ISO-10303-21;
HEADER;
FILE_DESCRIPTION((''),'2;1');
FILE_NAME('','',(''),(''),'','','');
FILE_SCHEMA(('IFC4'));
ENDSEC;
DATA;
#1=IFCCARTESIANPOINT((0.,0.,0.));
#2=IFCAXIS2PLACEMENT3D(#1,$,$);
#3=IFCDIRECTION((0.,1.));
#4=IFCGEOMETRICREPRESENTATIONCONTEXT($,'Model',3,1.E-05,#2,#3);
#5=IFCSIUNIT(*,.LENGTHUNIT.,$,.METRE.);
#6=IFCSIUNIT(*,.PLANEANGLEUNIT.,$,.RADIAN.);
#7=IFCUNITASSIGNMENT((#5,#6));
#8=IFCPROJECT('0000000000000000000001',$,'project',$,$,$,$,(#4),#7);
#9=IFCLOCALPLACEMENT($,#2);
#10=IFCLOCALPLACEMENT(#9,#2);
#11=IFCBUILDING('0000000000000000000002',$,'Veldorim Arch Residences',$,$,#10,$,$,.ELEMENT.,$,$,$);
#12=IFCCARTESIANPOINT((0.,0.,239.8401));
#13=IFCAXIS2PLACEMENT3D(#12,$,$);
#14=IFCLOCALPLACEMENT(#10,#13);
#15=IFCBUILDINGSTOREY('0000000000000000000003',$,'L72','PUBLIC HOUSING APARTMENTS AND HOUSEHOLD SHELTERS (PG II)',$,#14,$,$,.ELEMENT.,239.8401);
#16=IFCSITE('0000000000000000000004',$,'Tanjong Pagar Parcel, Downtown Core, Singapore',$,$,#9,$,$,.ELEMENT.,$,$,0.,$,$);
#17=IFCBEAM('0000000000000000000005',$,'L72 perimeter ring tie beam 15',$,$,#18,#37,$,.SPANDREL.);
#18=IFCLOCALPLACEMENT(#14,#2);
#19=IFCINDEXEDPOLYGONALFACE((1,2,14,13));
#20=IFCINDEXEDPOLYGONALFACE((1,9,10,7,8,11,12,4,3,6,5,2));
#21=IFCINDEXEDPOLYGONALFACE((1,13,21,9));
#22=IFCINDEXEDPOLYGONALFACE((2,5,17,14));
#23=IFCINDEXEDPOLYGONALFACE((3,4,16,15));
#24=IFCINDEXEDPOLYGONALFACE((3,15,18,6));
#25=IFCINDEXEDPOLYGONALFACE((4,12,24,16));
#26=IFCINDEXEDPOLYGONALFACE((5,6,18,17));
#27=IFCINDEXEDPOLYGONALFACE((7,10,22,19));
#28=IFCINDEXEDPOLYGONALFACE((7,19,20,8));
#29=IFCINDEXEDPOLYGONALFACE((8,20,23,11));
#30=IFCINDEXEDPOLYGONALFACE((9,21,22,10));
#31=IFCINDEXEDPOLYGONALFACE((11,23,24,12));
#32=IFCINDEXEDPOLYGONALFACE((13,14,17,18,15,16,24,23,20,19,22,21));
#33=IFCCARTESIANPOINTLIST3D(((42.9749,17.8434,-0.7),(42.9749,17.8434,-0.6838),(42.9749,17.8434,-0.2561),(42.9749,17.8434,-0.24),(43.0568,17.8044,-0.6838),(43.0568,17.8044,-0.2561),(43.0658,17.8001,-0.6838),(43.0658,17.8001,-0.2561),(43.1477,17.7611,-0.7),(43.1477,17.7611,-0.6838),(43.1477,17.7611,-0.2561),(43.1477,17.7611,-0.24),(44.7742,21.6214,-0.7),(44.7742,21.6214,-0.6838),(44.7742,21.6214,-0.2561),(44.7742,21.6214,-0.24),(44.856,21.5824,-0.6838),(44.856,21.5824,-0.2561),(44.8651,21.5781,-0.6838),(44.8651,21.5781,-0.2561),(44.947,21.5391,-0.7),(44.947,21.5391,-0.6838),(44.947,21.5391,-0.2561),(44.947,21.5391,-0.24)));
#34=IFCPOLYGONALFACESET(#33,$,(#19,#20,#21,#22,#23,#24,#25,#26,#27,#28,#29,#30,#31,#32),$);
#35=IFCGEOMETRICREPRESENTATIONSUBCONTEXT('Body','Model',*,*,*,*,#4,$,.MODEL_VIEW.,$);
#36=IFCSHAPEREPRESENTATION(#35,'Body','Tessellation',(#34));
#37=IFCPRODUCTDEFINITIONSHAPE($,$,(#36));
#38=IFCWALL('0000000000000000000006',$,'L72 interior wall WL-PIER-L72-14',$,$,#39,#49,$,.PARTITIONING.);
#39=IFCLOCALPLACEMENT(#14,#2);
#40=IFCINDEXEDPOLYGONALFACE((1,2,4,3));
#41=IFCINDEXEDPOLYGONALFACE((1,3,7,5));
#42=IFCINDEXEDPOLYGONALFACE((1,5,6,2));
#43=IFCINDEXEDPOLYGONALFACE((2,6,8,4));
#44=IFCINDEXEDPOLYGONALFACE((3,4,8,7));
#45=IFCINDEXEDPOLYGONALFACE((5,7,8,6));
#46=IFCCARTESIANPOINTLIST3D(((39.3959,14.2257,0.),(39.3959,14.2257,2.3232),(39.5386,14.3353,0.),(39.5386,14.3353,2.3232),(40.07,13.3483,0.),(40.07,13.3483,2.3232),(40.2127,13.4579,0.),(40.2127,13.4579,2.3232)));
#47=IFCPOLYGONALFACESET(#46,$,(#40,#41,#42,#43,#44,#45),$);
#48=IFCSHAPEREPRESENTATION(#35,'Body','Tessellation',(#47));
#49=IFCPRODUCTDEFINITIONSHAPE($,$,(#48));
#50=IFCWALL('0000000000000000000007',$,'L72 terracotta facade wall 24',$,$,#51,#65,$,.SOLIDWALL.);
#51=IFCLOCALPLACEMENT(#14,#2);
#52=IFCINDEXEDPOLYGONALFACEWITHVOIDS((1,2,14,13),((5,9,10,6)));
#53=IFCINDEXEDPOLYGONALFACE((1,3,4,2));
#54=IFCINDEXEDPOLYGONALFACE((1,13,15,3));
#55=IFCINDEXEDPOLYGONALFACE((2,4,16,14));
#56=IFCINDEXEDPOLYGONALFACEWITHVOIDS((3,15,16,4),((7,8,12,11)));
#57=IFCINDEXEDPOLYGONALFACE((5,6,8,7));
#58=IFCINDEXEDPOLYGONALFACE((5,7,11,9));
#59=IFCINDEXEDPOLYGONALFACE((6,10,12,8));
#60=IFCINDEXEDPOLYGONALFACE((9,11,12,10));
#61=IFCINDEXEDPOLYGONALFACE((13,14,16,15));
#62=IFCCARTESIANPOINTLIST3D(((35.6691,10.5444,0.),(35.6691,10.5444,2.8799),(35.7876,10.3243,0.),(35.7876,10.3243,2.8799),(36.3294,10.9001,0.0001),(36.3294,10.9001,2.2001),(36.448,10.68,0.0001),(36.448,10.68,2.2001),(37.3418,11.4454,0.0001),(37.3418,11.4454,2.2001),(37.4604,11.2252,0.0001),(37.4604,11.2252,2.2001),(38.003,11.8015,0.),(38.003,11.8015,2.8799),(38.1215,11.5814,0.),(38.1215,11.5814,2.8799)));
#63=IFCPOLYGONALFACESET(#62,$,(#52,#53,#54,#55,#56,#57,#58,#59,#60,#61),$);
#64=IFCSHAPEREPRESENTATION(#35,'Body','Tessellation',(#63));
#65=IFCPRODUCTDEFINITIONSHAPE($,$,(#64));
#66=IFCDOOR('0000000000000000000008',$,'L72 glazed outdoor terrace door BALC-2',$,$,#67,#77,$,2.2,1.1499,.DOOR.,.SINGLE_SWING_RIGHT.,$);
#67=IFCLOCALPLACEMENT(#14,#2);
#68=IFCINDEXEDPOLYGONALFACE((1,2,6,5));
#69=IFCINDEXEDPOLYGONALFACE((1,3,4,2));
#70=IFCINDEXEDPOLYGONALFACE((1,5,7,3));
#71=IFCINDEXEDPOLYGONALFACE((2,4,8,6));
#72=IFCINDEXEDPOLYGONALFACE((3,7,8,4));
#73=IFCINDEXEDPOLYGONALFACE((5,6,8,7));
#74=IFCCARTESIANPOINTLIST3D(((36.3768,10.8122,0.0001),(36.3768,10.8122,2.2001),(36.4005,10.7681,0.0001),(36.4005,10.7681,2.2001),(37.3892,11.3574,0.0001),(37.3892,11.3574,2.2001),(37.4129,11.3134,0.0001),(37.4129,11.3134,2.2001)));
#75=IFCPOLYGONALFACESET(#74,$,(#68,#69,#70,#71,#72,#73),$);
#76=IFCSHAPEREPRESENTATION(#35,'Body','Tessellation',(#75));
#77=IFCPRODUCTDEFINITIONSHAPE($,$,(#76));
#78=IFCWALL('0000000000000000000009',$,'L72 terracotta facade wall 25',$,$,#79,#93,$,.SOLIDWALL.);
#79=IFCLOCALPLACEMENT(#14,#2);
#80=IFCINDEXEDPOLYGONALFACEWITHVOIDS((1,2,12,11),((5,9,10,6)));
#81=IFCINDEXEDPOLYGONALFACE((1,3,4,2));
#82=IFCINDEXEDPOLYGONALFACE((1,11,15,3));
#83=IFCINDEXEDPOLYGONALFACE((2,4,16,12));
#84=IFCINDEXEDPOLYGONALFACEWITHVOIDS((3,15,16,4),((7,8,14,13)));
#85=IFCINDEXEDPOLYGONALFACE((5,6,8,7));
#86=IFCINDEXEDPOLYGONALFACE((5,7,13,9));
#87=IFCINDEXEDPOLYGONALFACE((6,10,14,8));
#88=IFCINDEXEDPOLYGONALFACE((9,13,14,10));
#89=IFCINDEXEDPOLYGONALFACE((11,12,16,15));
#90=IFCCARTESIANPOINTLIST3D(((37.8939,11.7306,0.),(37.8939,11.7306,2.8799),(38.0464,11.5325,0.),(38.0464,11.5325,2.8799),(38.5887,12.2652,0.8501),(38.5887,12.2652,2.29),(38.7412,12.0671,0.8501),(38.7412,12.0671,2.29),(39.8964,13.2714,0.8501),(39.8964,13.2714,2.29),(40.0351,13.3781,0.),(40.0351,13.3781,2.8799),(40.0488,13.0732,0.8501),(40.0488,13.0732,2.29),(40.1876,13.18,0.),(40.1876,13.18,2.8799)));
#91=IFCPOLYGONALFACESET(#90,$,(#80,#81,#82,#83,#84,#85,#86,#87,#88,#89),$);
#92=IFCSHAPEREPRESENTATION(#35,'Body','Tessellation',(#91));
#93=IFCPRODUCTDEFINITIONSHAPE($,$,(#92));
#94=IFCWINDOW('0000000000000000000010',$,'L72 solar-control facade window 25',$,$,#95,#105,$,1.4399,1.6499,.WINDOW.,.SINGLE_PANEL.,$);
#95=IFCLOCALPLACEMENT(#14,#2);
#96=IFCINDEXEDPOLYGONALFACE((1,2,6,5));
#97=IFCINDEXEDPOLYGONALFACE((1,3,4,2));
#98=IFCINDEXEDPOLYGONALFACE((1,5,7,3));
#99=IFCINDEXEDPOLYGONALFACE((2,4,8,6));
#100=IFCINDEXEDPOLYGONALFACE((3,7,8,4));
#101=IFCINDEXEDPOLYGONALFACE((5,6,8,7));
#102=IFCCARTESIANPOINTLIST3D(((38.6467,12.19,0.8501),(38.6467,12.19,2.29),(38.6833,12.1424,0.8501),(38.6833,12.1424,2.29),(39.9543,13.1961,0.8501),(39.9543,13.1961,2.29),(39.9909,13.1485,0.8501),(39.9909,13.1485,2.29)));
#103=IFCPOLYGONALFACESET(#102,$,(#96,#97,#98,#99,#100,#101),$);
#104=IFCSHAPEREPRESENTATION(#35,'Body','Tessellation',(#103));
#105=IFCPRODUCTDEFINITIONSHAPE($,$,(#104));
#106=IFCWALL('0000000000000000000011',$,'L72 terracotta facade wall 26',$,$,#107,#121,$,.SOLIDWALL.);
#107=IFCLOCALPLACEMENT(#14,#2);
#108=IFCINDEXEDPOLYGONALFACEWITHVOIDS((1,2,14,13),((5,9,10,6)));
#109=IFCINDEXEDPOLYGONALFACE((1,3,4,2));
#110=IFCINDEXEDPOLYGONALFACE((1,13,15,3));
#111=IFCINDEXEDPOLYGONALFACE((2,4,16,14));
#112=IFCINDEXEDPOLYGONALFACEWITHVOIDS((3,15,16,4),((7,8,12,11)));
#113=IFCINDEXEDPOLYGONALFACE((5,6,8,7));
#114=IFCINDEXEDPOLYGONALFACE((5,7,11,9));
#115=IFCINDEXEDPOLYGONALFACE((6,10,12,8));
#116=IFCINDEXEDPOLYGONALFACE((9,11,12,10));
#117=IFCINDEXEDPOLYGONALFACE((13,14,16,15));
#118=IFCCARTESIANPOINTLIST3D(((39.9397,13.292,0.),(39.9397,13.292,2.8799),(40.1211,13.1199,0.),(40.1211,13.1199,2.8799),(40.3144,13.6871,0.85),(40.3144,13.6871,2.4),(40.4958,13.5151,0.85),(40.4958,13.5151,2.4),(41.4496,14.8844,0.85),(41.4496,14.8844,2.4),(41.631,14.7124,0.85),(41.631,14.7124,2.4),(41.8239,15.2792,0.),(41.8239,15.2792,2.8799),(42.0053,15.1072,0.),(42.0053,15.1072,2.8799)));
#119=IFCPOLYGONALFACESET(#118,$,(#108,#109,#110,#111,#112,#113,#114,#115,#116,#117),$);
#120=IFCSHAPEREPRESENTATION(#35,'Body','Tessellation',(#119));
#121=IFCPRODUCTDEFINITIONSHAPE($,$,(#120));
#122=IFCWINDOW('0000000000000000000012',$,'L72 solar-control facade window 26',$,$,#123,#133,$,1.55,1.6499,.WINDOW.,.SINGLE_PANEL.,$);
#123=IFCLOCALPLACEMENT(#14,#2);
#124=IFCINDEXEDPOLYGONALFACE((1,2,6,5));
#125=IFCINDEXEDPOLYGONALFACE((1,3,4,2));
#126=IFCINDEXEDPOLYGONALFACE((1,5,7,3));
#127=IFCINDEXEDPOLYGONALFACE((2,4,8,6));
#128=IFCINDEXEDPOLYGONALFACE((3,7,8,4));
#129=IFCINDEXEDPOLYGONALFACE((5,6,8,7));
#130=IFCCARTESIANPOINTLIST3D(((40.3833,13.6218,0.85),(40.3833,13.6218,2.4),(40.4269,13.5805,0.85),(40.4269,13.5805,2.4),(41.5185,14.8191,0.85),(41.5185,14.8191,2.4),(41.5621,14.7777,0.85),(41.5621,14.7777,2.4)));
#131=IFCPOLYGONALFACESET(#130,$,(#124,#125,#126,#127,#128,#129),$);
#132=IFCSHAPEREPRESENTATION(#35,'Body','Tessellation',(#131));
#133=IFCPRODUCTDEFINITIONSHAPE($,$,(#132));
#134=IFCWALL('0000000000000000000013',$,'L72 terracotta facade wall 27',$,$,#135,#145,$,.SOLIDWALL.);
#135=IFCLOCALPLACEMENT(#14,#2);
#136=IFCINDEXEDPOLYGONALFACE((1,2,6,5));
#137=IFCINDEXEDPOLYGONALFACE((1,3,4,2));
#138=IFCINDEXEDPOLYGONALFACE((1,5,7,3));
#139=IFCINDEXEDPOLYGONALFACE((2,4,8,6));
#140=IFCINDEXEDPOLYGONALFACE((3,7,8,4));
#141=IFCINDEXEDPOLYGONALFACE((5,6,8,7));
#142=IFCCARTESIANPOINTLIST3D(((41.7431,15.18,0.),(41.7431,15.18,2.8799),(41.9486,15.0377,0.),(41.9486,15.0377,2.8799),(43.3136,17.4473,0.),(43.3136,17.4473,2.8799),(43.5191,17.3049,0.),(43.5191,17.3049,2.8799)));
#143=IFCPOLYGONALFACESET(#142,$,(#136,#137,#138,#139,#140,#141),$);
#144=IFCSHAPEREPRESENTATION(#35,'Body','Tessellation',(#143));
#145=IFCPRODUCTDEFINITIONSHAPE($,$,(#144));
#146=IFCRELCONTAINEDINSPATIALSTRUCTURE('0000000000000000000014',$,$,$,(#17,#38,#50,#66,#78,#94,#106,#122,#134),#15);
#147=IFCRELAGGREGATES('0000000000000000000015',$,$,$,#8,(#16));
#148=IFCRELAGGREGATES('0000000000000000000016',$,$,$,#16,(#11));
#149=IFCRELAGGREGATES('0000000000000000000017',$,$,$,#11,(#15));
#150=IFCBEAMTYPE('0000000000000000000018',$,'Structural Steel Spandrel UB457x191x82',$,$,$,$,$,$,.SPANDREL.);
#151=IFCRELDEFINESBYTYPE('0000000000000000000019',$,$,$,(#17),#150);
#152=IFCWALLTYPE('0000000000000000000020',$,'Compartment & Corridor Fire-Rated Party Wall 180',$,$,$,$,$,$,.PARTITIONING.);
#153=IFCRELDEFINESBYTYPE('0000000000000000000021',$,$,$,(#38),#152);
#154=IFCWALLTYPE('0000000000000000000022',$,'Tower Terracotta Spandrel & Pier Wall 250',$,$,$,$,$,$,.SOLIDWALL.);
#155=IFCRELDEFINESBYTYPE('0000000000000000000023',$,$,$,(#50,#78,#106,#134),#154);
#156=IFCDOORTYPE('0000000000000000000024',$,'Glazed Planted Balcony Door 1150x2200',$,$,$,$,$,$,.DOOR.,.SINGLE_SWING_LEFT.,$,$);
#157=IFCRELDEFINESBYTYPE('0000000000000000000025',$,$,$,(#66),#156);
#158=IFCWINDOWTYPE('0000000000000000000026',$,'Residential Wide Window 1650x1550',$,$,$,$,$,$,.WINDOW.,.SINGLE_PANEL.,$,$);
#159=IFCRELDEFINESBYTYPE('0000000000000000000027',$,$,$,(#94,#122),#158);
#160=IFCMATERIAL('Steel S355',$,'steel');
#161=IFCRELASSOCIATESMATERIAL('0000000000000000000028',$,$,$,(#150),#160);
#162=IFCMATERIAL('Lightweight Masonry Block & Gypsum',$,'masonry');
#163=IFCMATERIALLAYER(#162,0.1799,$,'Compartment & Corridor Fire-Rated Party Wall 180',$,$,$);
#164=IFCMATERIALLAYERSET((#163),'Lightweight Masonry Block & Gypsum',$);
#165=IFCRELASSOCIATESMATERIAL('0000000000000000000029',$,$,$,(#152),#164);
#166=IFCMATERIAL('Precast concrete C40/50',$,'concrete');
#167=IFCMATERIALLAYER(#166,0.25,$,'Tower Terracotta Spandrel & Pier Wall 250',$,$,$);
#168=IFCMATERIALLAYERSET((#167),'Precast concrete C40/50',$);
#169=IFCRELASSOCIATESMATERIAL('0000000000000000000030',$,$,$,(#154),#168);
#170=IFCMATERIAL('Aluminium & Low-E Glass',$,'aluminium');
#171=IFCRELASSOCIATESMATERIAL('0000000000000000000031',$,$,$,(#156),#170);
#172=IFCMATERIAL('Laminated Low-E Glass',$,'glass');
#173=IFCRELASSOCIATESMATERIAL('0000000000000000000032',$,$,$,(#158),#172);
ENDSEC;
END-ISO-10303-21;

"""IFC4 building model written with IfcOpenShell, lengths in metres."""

from ifc_helpers import new_model, si_unit, direction, frame, frame_2d, origin, origin_2d, place, context, subcontext, project, spatial, rectangle, i_section, extrude, material, layer, layer_set, material_profile, profile_set, type_object, element, fill, save


model = new_model("IFC4")

# Units and contexts
model_context = context("Model", 3, precision=1e-05, world=origin(), true_north=direction((0.0, 1.0)))
body_context = subcontext(model_context, "Body", "Model", "MODEL_VIEW")
ifc_project = project(units=[si_unit("LENGTHUNIT", "METRE"), si_unit("PLANEANGLEUNIT", "RADIAN")], contexts=[model_context])

# Site, building, storey
site_placement = place(None, origin())
site = spatial("IfcSite", under=ifc_project, at=site_placement, Name="Tanjong Pagar Parcel, Downtown Core, Singapore", CompositionType="ELEMENT", RefElevation=0.0)
building_placement = place(site_placement, origin())
building = spatial("IfcBuilding", under=site, at=building_placement, Name="Veldorim Arch Residences", CompositionType="ELEMENT")
storey_placement = place(building_placement, frame((0.0, 0.0, 239.8401)))
storey = spatial("IfcBuildingStorey", under=building, at=storey_placement, Name="L72", Description="PUBLIC HOUSING APARTMENTS AND HOUSEHOLD SHELTERS (PG II)", CompositionType="ELEMENT", Elevation=239.8401)

# Beam
ifc_material_1 = material(Name="Steel S355", Category="steel")
ifc_material_profile_1 = material_profile(ifc_material_1, i_section(OverallWidth=0.1914, OverallDepth=0.46, WebThickness=0.01, FlangeThickness=0.0161, at=origin_2d()), Name="UB457x191x82")
ifc_profile_set_1 = profile_set([ifc_material_profile_1], Name="Steel S355")
beam_type_1 = type_object("IfcBeamType", Name="Structural Steel Spandrel UB457x191x82", PredefinedType="SPANDREL", material=ifc_profile_set_1)
beam_1_placement = place(storey_placement, frame((43.0613, 17.8022, -0.47), z_axis=(0.429979, 0.902839, 0.0), x_axis=(-0.902839, 0.429979, 0.0)))
element("IfcBeam", 1, at=beam_1_placement, inside=storey, type_object=beam_type_1, Name="L72 perimeter ring tie beam 15", PredefinedType="SPANDREL", context=body_context, shape_type="SweptSolid", body=[
    extrude(i_section(OverallWidth=0.1914, OverallDepth=0.46, WebThickness=0.01, FlangeThickness=0.0161, at=origin_2d()), origin(), (0.0, 0.0, 1.0), 4.1846),
])

# Wall
ifc_material_2 = material(Name="Lightweight Masonry Block & Gypsum", Category="masonry")
ifc_layer_1 = layer(ifc_material_2, 0.1799, Name="Compartment & Corridor Fire-Rated Party Wall 180")
ifc_layer_set_1 = layer_set([ifc_layer_1], Name="Lightweight Masonry Block & Gypsum")
wall_type_1 = type_object("IfcWallType", Name="Compartment & Corridor Fire-Rated Party Wall 180", PredefinedType="PARTITIONING", material=ifc_layer_set_1)
wall_1_placement = place(storey_placement, frame((39.4673, 14.2805, 0.0), z_axis=(0.0, 0.0, 1.0), x_axis=(0.609209, -0.793009, 0.0)))
element("IfcWall", 2, at=wall_1_placement, inside=storey, type_object=wall_type_1, Name="L72 interior wall WL-PIER-L72-14", PredefinedType="PARTITIONING", context=body_context, shape_type="SweptSolid", body=[
    extrude(rectangle(XDim=1.1064, YDim=0.1799, at=frame_2d((0.5532, 0.0))), origin(), (0.0, 0.0, 1.0), 2.3232),
])

# Wall, opening, door
ifc_material_3 = material(Name="Precast concrete C40/50", Category="concrete")
ifc_layer_2 = layer(ifc_material_3, 0.25, Name="Tower Terracotta Spandrel & Pier Wall 250")
ifc_layer_set_2 = layer_set([ifc_layer_2], Name="Precast concrete C40/50")
wall_type_2 = type_object("IfcWallType", Name="Tower Terracotta Spandrel & Pier Wall 250", PredefinedType="SOLIDWALL", material=ifc_layer_set_2)
wall_2_placement = place(storey_placement, frame((38.0623, 11.6914, 0.0), z_axis=(0.0, 0.0, 1.0), x_axis=(-0.880421, -0.474193, 0.0)))
wall_2 = element("IfcWall", 3, at=wall_2_placement, inside=storey, type_object=wall_type_2, Name="L72 terracotta facade wall 24", PredefinedType="SOLIDWALL", context=body_context, shape_type="SweptSolid", body=[
    extrude(rectangle(XDim=2.6509, YDim=0.25, at=frame_2d((1.3254, 0.0))), origin(), (0.0, 0.0, 1.0), 2.8799),
])
opening_1_placement = place(wall_2_placement, frame((0.751, 0.0, 0.0)))
opening_1 = element("IfcOpeningElement", 4, at=opening_1_placement, cuts=wall_2, PredefinedType="OPENING", context=body_context, shape_type="SweptSolid", body=[
    extrude(rectangle(XDim=1.1499, YDim=2.2, at=frame_2d((0.575, 1.1001))), frame((0.0, 0.135, 0.0), z_axis=(0.0, -1.0, 0.0), x_axis=(1.0, 0.0, 0.0)), (0.0, 0.0, 1.0), 0.27),
])
ifc_material_4 = material(Name="Aluminium & Low-E Glass", Category="aluminium")
door_type_1 = type_object("IfcDoorType", Name="Glazed Planted Balcony Door 1150x2200", OperationType="SINGLE_SWING_LEFT", PredefinedType="DOOR", material=ifc_material_4)
door_1_placement = place(opening_1_placement, origin())
door_1 = element("IfcDoor", 5, at=door_1_placement, inside=storey, type_object=door_type_1, Name="L72 glazed outdoor terrace door BALC-2", OperationType="SINGLE_SWING_RIGHT", OverallHeight=2.2, OverallWidth=1.1499, PredefinedType="DOOR", context=body_context, shape_type="SweptSolid", body=[
    extrude(rectangle(XDim=1.1499, YDim=2.2, at=frame_2d((0.575, 1.1001))), frame((0.0, 0.0249, 0.0), z_axis=(0.0, -1.0, 0.0), x_axis=(1.0, 0.0, 0.0)), (0.0, 0.0, 1.0), 0.05),
])
fill(opening_1, door_1)

# Walls, openings, windows
wall_3_placement = place(storey_placement, frame((40.1113, 13.2791, 0.0), z_axis=(0.0, 0.0, 1.0), x_axis=(-0.792543, -0.609816, 0.0)))
wall_3 = element("IfcWall", 6, at=wall_3_placement, inside=storey, type_object=wall_type_2, Name="L72 terracotta facade wall 25", PredefinedType="SOLIDWALL", context=body_context, shape_type="SweptSolid", body=[
    extrude(rectangle(XDim=2.7017, YDim=0.25, at=frame_2d((1.3508, 0.0))), origin(), (0.0, 0.0, 1.0), 2.8799),
])
opening_2_placement = place(wall_3_placement, frame((0.175, 0.0, 0.8501)))
opening_2 = element("IfcOpeningElement", 7, at=opening_2_placement, cuts=wall_3, PredefinedType="OPENING", context=body_context, shape_type="SweptSolid", body=[
    extrude(rectangle(XDim=1.6499, YDim=1.4399, at=frame_2d((0.825, 0.72))), frame((0.0, 0.135, 0.0), z_axis=(0.0, -1.0, 0.0), x_axis=(1.0, 0.0, 0.0)), (0.0, 0.0, 1.0), 0.27),
])
ifc_material_5 = material(Name="Laminated Low-E Glass", Category="glass")
window_type_1 = type_object("IfcWindowType", Name="Residential Wide Window 1650x1550", PartitioningType="SINGLE_PANEL", PredefinedType="WINDOW", material=ifc_material_5)
window_1_placement = place(opening_2_placement, origin())
window_1 = element("IfcWindow", 8, at=window_1_placement, inside=storey, type_object=window_type_1, Name="L72 solar-control facade window 25", OverallHeight=1.4399, OverallWidth=1.6499, PartitioningType="SINGLE_PANEL", PredefinedType="WINDOW", context=body_context, shape_type="SweptSolid", body=[
    extrude(rectangle(XDim=1.6499, YDim=1.4399, at=frame_2d((0.825, 0.72))), frame((0.0, 0.03, 0.0), z_axis=(0.0, -1.0, 0.0), x_axis=(1.0, 0.0, 0.0)), (0.0, 0.0, 1.0), 0.0601),
])
fill(opening_2, window_1)
wall_4_placement = place(storey_placement, frame((41.9146, 15.1931, 0.0), z_axis=(0.0, 0.0, 1.0), x_axis=(-0.688046, -0.725667, 0.0)))
wall_4 = element("IfcWall", 9, at=wall_4_placement, inside=storey, type_object=wall_type_2, Name="L72 terracotta facade wall 26", PredefinedType="SOLIDWALL", context=body_context, shape_type="SweptSolid", body=[
    extrude(rectangle(XDim=2.7385, YDim=0.25, at=frame_2d((1.3691, 0.0))), origin(), (0.0, 0.0, 1.0), 2.8799),
])
opening_3_placement = place(wall_4_placement, frame((0.5439, 0.0, 0.8501)))
opening_3 = element("IfcOpeningElement", 10, at=opening_3_placement, cuts=wall_4, PredefinedType="OPENING", context=body_context, shape_type="SweptSolid", body=[
    extrude(rectangle(XDim=1.6499, YDim=1.55, at=frame_2d((0.825, 0.7749))), frame((0.0, 0.135, 0.0), z_axis=(0.0, -1.0, 0.0), x_axis=(1.0, 0.0, 0.0)), (0.0, 0.0, 1.0), 0.27),
])
window_2_placement = place(opening_3_placement, origin())
window_2 = element("IfcWindow", 11, at=window_2_placement, inside=storey, type_object=window_type_1, Name="L72 solar-control facade window 26", OverallHeight=1.55, OverallWidth=1.6499, PartitioningType="SINGLE_PANEL", PredefinedType="WINDOW", context=body_context, shape_type="SweptSolid", body=[
    extrude(rectangle(XDim=1.6499, YDim=1.55, at=frame_2d((0.825, 0.7749))), frame((0.0, 0.03, 0.0), z_axis=(0.0, -1.0, 0.0), x_axis=(1.0, 0.0, 0.0)), (0.0, 0.0, 1.0), 0.0601),
])
fill(opening_3, window_2)

# Wall
wall_5_placement = place(storey_placement, frame((43.4163, 17.376, 0.0), z_axis=(0.0, 0.0, 1.0), x_axis=(-0.569422, -0.822046, 0.0)))
element("IfcWall", 12, at=wall_5_placement, inside=storey, type_object=wall_type_2, Name="L72 terracotta facade wall 27", PredefinedType="SOLIDWALL", context=body_context, shape_type="SweptSolid", body=[
    extrude(rectangle(XDim=2.7581, YDim=0.25, at=frame_2d((1.3789, 0.0))), origin(), (0.0, 0.0, 1.0), 2.8799),
])

save(model, "model.ifc")
